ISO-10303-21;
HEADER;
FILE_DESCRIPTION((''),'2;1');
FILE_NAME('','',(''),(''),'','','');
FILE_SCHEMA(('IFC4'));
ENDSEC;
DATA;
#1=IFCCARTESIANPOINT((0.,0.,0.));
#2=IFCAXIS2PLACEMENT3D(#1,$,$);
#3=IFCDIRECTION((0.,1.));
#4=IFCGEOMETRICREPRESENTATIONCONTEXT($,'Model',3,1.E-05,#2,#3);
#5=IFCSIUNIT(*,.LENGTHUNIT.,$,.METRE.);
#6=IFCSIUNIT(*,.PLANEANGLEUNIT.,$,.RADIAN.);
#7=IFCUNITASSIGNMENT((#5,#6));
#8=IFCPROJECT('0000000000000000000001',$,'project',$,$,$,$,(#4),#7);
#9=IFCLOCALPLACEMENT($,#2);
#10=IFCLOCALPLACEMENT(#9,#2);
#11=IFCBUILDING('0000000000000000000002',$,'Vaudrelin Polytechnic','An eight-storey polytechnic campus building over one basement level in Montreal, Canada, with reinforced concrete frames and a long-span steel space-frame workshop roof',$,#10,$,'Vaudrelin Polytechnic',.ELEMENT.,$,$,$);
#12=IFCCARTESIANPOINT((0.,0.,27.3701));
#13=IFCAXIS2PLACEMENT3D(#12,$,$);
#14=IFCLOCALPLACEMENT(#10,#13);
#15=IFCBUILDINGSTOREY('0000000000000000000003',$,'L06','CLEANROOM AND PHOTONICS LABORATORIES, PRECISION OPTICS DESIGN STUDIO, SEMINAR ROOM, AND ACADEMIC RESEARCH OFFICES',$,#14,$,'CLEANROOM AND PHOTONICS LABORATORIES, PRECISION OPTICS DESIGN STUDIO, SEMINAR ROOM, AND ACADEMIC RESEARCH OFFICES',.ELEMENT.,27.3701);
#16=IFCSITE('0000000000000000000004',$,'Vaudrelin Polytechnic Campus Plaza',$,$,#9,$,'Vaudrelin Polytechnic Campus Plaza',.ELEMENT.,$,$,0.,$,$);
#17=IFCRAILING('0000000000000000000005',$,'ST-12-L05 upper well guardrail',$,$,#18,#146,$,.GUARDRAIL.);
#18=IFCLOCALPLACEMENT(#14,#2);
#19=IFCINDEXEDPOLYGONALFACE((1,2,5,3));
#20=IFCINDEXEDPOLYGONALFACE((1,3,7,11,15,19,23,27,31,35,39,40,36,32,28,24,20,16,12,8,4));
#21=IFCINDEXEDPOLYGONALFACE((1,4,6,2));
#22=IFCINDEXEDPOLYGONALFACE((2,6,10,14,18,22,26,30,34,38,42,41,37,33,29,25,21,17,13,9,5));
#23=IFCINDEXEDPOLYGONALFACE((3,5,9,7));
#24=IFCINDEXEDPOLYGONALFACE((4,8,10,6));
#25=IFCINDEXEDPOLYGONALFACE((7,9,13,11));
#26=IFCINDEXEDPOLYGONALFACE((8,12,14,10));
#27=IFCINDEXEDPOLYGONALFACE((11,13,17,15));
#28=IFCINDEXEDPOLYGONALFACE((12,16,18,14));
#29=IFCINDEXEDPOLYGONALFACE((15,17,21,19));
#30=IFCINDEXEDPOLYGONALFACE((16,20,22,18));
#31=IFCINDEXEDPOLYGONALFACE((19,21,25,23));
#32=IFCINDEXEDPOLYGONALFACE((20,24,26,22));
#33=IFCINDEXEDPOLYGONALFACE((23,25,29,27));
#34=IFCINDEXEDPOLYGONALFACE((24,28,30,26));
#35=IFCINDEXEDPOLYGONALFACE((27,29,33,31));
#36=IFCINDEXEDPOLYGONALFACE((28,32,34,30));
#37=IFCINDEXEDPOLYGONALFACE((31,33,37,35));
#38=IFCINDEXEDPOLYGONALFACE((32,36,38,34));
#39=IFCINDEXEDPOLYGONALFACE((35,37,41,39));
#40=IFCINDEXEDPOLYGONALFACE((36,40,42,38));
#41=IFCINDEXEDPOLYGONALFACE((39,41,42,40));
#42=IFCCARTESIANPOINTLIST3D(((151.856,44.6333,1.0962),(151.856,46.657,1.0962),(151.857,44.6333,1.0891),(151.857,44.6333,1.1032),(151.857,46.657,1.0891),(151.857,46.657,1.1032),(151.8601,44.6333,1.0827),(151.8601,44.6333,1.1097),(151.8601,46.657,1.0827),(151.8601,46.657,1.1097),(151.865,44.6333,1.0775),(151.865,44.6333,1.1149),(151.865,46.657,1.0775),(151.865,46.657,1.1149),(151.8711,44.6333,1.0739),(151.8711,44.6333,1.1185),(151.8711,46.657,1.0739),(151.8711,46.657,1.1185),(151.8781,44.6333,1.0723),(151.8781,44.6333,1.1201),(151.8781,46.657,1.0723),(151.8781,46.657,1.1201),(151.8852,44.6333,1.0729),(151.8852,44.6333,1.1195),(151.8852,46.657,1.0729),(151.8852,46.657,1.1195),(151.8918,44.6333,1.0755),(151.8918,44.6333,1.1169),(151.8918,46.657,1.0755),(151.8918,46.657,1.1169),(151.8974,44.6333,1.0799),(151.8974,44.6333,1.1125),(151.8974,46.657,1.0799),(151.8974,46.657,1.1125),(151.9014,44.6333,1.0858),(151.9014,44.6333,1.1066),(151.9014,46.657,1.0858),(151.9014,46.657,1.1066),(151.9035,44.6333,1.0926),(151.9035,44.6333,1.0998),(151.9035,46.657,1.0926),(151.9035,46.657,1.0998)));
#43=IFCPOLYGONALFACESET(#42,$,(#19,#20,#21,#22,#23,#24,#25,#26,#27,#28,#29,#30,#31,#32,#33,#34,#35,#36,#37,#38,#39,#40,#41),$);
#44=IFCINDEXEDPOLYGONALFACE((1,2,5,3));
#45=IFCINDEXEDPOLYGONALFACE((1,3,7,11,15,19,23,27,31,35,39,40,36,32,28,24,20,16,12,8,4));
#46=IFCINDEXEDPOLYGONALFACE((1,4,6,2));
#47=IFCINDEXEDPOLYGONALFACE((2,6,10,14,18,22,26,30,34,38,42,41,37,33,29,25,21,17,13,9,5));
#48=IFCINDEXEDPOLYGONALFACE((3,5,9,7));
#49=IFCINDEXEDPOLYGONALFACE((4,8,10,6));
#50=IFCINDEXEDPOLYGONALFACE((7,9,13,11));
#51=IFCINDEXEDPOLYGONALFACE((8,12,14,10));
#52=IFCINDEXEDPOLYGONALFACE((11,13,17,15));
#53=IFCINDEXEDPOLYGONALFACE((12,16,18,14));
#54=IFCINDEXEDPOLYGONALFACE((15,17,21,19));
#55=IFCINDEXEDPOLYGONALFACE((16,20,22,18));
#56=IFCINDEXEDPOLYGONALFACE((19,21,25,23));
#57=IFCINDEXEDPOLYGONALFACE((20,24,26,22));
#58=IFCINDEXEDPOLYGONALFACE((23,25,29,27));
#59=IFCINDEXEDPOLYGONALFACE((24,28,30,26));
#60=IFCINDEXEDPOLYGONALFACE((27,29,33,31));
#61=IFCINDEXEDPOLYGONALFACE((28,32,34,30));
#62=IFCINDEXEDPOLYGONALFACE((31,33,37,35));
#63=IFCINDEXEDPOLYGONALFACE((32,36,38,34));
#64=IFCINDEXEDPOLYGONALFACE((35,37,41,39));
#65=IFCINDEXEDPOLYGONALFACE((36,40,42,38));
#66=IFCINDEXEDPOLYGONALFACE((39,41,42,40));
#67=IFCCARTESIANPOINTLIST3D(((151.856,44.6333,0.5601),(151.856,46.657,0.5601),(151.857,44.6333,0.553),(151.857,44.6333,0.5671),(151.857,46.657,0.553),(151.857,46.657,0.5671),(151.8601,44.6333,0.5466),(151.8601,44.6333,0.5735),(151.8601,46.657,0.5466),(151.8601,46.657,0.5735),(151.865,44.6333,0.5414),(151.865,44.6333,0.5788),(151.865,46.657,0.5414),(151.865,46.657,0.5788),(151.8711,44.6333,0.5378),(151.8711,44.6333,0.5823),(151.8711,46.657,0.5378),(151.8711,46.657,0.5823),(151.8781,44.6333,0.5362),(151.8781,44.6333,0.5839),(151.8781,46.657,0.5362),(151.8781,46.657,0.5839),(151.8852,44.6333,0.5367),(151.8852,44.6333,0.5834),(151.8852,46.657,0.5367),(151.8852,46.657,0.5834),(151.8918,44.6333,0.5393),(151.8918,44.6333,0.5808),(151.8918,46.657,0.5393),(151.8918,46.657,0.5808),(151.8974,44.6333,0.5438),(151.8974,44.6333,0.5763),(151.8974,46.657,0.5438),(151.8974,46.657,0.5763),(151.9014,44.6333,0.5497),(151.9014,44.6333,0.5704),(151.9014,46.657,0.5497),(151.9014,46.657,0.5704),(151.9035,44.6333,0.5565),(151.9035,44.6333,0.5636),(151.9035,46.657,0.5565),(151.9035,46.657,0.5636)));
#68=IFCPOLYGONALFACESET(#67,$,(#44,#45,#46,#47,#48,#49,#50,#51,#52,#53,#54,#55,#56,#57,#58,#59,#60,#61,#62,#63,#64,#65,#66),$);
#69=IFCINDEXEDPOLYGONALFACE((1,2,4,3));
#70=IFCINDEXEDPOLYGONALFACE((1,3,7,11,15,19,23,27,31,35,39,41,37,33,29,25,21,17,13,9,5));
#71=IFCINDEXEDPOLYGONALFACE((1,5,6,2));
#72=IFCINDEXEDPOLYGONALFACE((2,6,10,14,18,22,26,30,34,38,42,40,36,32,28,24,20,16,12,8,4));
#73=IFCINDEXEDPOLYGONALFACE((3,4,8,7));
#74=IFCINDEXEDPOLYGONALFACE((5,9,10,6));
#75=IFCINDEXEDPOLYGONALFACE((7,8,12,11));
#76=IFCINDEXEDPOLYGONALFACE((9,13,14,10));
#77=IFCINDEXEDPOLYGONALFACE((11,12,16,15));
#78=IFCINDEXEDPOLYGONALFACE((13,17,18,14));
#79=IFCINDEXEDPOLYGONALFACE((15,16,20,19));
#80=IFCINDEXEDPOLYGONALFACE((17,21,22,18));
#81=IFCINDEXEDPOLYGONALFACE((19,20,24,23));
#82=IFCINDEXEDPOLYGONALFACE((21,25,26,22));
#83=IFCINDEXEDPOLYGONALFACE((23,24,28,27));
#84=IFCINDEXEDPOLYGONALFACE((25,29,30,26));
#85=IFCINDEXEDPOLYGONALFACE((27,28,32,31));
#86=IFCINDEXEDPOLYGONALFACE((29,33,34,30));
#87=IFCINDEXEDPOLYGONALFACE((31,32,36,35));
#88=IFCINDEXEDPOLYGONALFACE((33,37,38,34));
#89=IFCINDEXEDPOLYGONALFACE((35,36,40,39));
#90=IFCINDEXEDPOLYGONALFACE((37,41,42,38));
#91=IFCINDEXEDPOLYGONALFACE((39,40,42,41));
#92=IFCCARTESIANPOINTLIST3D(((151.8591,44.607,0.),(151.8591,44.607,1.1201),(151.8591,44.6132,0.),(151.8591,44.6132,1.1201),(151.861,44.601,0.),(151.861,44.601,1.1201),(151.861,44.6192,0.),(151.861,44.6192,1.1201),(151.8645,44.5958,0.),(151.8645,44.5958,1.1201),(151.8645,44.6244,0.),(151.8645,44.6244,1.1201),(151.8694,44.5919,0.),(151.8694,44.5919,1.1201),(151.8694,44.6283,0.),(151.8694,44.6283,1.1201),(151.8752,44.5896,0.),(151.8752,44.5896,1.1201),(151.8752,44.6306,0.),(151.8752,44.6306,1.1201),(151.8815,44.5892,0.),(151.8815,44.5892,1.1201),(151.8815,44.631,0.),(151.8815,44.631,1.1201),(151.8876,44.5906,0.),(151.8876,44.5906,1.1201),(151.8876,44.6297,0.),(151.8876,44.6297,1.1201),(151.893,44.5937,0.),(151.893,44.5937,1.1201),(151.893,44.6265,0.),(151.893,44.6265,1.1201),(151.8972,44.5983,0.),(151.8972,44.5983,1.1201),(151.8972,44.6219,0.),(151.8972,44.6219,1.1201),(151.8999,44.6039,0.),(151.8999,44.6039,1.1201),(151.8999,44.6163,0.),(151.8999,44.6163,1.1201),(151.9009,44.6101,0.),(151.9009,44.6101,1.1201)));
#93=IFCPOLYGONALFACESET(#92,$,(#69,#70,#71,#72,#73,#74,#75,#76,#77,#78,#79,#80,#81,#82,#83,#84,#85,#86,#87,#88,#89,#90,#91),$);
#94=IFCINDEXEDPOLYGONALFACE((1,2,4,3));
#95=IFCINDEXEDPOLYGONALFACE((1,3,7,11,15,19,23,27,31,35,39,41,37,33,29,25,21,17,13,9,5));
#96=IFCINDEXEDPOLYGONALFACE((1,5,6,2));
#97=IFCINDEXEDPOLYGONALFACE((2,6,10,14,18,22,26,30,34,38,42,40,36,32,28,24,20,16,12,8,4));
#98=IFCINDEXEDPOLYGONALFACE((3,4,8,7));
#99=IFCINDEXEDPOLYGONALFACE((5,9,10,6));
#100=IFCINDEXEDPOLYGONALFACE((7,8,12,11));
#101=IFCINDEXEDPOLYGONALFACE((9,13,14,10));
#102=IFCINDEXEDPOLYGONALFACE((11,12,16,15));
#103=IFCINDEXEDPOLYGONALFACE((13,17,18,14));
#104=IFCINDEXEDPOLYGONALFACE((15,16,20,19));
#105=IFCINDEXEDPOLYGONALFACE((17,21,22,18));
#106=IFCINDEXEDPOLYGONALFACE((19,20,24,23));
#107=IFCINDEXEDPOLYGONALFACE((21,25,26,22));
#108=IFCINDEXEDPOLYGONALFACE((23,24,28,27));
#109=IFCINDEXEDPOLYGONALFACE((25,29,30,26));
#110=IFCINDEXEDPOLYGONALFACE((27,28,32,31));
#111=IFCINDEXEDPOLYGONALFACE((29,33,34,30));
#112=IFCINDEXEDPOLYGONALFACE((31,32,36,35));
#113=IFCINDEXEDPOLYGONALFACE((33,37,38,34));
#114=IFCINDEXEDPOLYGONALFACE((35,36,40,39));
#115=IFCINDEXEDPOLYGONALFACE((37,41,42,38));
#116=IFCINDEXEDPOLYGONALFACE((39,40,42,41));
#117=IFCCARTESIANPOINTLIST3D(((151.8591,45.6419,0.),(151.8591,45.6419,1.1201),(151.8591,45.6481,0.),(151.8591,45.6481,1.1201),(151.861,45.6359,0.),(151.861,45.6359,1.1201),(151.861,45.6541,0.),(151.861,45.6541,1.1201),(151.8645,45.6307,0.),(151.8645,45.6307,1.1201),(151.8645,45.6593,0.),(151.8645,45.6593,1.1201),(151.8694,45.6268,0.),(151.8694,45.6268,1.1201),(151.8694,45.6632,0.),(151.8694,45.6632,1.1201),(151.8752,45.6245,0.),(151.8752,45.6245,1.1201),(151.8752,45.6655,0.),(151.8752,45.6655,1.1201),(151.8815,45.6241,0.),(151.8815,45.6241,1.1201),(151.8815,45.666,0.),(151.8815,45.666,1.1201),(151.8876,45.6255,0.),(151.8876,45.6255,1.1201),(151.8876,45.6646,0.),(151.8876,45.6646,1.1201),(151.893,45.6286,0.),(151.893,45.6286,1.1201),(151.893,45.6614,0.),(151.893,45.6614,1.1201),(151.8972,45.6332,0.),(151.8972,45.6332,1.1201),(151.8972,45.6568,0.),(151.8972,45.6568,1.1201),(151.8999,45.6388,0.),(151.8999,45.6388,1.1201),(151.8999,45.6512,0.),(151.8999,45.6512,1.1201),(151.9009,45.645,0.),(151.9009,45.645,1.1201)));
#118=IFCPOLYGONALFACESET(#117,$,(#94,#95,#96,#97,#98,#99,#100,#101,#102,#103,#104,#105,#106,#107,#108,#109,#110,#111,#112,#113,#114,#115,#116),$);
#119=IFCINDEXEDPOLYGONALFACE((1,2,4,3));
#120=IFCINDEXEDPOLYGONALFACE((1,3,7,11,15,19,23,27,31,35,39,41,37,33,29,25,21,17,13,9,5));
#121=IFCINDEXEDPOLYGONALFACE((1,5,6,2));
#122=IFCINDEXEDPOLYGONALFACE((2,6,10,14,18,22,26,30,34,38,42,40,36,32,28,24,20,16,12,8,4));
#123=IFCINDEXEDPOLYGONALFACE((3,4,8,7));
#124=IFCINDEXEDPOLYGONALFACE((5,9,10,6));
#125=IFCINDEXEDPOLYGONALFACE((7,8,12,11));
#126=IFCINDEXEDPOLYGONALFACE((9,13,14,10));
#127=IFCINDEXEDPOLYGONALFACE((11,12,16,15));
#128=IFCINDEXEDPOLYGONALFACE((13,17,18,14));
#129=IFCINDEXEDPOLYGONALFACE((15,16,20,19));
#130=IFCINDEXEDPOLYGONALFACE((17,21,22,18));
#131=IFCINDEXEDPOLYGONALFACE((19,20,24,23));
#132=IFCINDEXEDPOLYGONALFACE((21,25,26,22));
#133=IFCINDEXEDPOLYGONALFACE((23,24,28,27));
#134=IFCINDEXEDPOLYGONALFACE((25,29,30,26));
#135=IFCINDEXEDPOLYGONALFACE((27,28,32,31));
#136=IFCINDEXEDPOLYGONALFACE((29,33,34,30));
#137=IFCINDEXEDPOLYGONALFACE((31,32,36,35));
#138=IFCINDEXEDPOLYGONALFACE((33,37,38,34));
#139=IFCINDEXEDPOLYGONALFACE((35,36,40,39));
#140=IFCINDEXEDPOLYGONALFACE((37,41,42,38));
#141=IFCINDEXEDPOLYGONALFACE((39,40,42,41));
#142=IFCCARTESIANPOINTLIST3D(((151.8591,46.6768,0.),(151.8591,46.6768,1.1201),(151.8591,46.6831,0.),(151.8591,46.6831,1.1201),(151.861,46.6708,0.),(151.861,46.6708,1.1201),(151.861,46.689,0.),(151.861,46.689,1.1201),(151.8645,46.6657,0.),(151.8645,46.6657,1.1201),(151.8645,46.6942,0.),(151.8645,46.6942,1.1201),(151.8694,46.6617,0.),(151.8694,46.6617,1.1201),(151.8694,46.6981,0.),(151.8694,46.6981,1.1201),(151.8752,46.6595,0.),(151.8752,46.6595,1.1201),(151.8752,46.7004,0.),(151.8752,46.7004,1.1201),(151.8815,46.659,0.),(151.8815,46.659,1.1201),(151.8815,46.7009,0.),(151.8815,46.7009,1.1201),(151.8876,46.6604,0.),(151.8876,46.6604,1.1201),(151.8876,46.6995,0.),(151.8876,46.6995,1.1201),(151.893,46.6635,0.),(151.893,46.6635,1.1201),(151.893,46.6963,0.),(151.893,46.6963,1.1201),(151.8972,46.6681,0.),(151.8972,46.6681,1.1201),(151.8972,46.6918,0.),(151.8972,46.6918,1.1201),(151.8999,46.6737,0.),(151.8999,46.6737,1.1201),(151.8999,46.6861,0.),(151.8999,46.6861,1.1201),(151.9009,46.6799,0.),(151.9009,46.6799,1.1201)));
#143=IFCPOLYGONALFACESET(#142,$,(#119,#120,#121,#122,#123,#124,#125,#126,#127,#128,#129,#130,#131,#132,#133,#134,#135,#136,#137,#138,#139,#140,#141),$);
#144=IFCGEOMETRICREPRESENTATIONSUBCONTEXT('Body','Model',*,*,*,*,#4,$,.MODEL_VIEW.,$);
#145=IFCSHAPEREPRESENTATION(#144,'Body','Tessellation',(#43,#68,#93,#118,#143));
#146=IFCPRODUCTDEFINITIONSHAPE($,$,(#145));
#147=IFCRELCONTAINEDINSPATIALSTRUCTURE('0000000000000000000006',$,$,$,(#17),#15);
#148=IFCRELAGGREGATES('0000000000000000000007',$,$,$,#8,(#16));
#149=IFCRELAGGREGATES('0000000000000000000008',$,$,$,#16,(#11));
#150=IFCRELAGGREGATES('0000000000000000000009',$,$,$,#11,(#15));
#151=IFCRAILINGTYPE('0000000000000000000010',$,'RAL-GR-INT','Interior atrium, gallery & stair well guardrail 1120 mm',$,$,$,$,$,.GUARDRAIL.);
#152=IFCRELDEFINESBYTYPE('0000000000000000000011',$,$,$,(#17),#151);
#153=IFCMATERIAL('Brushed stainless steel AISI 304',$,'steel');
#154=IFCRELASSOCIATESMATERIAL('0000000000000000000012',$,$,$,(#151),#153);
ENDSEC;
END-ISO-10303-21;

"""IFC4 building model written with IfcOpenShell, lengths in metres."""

from ifc_helpers import new_model, si_unit, direction, frame, origin, origin_2d, place, context, subcontext, project, spatial, circle, extrude, material, type_object, element, save


model = new_model("IFC4")

# Units and contexts
model_context = context("Model", 3, precision=1e-05, world=origin(), true_north=direction((0.0, 1.0)))
body_context = subcontext(model_context, "Body", "Model", "MODEL_VIEW")
ifc_project = project(units=[si_unit("LENGTHUNIT", "METRE"), si_unit("PLANEANGLEUNIT", "RADIAN")], contexts=[model_context])

# Site, building, storey
site_placement = place(None, origin())
site = spatial("IfcSite", under=ifc_project, at=site_placement, Name="Vaudrelin Polytechnic Campus Plaza", LongName="Vaudrelin Polytechnic Campus Plaza", CompositionType="ELEMENT", RefElevation=0.0)
building_placement = place(site_placement, origin())
building = spatial("IfcBuilding", under=site, at=building_placement, Name="Vaudrelin Polytechnic", Description="An eight-storey polytechnic campus building over one basement level in Montreal, Canada, with reinforced concrete frames and a long-span steel space-frame workshop roof", LongName="Vaudrelin Polytechnic", CompositionType="ELEMENT")
storey_placement = place(building_placement, frame((0.0, 0.0, 27.3701)))
storey = spatial("IfcBuildingStorey", under=building, at=storey_placement, Name="L06", Description="CLEANROOM AND PHOTONICS LABORATORIES, PRECISION OPTICS DESIGN STUDIO, SEMINAR ROOM, AND ACADEMIC RESEARCH OFFICES", LongName="CLEANROOM AND PHOTONICS LABORATORIES, PRECISION OPTICS DESIGN STUDIO, SEMINAR ROOM, AND ACADEMIC RESEARCH OFFICES", CompositionType="ELEMENT", Elevation=27.3701)

# Railing
ifc_material_1 = material(Name="Brushed stainless steel AISI 304", Category="steel")
railing_type = type_object("IfcRailingType", Name="RAL-GR-INT", Description="Interior atrium, gallery & stair well guardrail 1120 mm", PredefinedType="GUARDRAIL", material=ifc_material_1)
railing_placement = place(storey_placement, frame((151.8799, 44.6101, 0.0)))
element("IfcRailing", 1, at=railing_placement, inside=storey, type_object=railing_type, Name="ST-12-L05 upper well guardrail", PredefinedType="GUARDRAIL", context=body_context, shape_type="SweptSolid", body=[
    extrude(circle(Radius=0.0239, at=origin_2d()), frame((0.0, 0.0232, 1.0962), z_axis=(0.0, 1.0, 0.0), x_axis=(-1.0, 0.0, 0.0)), (0.0, 0.0, 1.0), 2.0237),
    extrude(circle(Radius=0.0239, at=origin_2d()), frame((0.0, 0.0232, 0.5601), z_axis=(0.0, 1.0, 0.0), x_axis=(-1.0, 0.0, 0.0)), (0.0, 0.0, 1.0), 2.0237),
    extrude(circle(Radius=0.021, at=origin_2d()), origin(), (0.0, 0.0, 1.0), 1.1201),
    extrude(circle(Radius=0.021, at=origin_2d()), frame((0.0, 1.0349, 0.0)), (0.0, 0.0, 1.0), 1.1201),
    extrude(circle(Radius=0.021, at=origin_2d()), frame((0.0, 2.0698, 0.0)), (0.0, 0.0, 1.0), 1.1201),
])

save(model, "model.ifc")
